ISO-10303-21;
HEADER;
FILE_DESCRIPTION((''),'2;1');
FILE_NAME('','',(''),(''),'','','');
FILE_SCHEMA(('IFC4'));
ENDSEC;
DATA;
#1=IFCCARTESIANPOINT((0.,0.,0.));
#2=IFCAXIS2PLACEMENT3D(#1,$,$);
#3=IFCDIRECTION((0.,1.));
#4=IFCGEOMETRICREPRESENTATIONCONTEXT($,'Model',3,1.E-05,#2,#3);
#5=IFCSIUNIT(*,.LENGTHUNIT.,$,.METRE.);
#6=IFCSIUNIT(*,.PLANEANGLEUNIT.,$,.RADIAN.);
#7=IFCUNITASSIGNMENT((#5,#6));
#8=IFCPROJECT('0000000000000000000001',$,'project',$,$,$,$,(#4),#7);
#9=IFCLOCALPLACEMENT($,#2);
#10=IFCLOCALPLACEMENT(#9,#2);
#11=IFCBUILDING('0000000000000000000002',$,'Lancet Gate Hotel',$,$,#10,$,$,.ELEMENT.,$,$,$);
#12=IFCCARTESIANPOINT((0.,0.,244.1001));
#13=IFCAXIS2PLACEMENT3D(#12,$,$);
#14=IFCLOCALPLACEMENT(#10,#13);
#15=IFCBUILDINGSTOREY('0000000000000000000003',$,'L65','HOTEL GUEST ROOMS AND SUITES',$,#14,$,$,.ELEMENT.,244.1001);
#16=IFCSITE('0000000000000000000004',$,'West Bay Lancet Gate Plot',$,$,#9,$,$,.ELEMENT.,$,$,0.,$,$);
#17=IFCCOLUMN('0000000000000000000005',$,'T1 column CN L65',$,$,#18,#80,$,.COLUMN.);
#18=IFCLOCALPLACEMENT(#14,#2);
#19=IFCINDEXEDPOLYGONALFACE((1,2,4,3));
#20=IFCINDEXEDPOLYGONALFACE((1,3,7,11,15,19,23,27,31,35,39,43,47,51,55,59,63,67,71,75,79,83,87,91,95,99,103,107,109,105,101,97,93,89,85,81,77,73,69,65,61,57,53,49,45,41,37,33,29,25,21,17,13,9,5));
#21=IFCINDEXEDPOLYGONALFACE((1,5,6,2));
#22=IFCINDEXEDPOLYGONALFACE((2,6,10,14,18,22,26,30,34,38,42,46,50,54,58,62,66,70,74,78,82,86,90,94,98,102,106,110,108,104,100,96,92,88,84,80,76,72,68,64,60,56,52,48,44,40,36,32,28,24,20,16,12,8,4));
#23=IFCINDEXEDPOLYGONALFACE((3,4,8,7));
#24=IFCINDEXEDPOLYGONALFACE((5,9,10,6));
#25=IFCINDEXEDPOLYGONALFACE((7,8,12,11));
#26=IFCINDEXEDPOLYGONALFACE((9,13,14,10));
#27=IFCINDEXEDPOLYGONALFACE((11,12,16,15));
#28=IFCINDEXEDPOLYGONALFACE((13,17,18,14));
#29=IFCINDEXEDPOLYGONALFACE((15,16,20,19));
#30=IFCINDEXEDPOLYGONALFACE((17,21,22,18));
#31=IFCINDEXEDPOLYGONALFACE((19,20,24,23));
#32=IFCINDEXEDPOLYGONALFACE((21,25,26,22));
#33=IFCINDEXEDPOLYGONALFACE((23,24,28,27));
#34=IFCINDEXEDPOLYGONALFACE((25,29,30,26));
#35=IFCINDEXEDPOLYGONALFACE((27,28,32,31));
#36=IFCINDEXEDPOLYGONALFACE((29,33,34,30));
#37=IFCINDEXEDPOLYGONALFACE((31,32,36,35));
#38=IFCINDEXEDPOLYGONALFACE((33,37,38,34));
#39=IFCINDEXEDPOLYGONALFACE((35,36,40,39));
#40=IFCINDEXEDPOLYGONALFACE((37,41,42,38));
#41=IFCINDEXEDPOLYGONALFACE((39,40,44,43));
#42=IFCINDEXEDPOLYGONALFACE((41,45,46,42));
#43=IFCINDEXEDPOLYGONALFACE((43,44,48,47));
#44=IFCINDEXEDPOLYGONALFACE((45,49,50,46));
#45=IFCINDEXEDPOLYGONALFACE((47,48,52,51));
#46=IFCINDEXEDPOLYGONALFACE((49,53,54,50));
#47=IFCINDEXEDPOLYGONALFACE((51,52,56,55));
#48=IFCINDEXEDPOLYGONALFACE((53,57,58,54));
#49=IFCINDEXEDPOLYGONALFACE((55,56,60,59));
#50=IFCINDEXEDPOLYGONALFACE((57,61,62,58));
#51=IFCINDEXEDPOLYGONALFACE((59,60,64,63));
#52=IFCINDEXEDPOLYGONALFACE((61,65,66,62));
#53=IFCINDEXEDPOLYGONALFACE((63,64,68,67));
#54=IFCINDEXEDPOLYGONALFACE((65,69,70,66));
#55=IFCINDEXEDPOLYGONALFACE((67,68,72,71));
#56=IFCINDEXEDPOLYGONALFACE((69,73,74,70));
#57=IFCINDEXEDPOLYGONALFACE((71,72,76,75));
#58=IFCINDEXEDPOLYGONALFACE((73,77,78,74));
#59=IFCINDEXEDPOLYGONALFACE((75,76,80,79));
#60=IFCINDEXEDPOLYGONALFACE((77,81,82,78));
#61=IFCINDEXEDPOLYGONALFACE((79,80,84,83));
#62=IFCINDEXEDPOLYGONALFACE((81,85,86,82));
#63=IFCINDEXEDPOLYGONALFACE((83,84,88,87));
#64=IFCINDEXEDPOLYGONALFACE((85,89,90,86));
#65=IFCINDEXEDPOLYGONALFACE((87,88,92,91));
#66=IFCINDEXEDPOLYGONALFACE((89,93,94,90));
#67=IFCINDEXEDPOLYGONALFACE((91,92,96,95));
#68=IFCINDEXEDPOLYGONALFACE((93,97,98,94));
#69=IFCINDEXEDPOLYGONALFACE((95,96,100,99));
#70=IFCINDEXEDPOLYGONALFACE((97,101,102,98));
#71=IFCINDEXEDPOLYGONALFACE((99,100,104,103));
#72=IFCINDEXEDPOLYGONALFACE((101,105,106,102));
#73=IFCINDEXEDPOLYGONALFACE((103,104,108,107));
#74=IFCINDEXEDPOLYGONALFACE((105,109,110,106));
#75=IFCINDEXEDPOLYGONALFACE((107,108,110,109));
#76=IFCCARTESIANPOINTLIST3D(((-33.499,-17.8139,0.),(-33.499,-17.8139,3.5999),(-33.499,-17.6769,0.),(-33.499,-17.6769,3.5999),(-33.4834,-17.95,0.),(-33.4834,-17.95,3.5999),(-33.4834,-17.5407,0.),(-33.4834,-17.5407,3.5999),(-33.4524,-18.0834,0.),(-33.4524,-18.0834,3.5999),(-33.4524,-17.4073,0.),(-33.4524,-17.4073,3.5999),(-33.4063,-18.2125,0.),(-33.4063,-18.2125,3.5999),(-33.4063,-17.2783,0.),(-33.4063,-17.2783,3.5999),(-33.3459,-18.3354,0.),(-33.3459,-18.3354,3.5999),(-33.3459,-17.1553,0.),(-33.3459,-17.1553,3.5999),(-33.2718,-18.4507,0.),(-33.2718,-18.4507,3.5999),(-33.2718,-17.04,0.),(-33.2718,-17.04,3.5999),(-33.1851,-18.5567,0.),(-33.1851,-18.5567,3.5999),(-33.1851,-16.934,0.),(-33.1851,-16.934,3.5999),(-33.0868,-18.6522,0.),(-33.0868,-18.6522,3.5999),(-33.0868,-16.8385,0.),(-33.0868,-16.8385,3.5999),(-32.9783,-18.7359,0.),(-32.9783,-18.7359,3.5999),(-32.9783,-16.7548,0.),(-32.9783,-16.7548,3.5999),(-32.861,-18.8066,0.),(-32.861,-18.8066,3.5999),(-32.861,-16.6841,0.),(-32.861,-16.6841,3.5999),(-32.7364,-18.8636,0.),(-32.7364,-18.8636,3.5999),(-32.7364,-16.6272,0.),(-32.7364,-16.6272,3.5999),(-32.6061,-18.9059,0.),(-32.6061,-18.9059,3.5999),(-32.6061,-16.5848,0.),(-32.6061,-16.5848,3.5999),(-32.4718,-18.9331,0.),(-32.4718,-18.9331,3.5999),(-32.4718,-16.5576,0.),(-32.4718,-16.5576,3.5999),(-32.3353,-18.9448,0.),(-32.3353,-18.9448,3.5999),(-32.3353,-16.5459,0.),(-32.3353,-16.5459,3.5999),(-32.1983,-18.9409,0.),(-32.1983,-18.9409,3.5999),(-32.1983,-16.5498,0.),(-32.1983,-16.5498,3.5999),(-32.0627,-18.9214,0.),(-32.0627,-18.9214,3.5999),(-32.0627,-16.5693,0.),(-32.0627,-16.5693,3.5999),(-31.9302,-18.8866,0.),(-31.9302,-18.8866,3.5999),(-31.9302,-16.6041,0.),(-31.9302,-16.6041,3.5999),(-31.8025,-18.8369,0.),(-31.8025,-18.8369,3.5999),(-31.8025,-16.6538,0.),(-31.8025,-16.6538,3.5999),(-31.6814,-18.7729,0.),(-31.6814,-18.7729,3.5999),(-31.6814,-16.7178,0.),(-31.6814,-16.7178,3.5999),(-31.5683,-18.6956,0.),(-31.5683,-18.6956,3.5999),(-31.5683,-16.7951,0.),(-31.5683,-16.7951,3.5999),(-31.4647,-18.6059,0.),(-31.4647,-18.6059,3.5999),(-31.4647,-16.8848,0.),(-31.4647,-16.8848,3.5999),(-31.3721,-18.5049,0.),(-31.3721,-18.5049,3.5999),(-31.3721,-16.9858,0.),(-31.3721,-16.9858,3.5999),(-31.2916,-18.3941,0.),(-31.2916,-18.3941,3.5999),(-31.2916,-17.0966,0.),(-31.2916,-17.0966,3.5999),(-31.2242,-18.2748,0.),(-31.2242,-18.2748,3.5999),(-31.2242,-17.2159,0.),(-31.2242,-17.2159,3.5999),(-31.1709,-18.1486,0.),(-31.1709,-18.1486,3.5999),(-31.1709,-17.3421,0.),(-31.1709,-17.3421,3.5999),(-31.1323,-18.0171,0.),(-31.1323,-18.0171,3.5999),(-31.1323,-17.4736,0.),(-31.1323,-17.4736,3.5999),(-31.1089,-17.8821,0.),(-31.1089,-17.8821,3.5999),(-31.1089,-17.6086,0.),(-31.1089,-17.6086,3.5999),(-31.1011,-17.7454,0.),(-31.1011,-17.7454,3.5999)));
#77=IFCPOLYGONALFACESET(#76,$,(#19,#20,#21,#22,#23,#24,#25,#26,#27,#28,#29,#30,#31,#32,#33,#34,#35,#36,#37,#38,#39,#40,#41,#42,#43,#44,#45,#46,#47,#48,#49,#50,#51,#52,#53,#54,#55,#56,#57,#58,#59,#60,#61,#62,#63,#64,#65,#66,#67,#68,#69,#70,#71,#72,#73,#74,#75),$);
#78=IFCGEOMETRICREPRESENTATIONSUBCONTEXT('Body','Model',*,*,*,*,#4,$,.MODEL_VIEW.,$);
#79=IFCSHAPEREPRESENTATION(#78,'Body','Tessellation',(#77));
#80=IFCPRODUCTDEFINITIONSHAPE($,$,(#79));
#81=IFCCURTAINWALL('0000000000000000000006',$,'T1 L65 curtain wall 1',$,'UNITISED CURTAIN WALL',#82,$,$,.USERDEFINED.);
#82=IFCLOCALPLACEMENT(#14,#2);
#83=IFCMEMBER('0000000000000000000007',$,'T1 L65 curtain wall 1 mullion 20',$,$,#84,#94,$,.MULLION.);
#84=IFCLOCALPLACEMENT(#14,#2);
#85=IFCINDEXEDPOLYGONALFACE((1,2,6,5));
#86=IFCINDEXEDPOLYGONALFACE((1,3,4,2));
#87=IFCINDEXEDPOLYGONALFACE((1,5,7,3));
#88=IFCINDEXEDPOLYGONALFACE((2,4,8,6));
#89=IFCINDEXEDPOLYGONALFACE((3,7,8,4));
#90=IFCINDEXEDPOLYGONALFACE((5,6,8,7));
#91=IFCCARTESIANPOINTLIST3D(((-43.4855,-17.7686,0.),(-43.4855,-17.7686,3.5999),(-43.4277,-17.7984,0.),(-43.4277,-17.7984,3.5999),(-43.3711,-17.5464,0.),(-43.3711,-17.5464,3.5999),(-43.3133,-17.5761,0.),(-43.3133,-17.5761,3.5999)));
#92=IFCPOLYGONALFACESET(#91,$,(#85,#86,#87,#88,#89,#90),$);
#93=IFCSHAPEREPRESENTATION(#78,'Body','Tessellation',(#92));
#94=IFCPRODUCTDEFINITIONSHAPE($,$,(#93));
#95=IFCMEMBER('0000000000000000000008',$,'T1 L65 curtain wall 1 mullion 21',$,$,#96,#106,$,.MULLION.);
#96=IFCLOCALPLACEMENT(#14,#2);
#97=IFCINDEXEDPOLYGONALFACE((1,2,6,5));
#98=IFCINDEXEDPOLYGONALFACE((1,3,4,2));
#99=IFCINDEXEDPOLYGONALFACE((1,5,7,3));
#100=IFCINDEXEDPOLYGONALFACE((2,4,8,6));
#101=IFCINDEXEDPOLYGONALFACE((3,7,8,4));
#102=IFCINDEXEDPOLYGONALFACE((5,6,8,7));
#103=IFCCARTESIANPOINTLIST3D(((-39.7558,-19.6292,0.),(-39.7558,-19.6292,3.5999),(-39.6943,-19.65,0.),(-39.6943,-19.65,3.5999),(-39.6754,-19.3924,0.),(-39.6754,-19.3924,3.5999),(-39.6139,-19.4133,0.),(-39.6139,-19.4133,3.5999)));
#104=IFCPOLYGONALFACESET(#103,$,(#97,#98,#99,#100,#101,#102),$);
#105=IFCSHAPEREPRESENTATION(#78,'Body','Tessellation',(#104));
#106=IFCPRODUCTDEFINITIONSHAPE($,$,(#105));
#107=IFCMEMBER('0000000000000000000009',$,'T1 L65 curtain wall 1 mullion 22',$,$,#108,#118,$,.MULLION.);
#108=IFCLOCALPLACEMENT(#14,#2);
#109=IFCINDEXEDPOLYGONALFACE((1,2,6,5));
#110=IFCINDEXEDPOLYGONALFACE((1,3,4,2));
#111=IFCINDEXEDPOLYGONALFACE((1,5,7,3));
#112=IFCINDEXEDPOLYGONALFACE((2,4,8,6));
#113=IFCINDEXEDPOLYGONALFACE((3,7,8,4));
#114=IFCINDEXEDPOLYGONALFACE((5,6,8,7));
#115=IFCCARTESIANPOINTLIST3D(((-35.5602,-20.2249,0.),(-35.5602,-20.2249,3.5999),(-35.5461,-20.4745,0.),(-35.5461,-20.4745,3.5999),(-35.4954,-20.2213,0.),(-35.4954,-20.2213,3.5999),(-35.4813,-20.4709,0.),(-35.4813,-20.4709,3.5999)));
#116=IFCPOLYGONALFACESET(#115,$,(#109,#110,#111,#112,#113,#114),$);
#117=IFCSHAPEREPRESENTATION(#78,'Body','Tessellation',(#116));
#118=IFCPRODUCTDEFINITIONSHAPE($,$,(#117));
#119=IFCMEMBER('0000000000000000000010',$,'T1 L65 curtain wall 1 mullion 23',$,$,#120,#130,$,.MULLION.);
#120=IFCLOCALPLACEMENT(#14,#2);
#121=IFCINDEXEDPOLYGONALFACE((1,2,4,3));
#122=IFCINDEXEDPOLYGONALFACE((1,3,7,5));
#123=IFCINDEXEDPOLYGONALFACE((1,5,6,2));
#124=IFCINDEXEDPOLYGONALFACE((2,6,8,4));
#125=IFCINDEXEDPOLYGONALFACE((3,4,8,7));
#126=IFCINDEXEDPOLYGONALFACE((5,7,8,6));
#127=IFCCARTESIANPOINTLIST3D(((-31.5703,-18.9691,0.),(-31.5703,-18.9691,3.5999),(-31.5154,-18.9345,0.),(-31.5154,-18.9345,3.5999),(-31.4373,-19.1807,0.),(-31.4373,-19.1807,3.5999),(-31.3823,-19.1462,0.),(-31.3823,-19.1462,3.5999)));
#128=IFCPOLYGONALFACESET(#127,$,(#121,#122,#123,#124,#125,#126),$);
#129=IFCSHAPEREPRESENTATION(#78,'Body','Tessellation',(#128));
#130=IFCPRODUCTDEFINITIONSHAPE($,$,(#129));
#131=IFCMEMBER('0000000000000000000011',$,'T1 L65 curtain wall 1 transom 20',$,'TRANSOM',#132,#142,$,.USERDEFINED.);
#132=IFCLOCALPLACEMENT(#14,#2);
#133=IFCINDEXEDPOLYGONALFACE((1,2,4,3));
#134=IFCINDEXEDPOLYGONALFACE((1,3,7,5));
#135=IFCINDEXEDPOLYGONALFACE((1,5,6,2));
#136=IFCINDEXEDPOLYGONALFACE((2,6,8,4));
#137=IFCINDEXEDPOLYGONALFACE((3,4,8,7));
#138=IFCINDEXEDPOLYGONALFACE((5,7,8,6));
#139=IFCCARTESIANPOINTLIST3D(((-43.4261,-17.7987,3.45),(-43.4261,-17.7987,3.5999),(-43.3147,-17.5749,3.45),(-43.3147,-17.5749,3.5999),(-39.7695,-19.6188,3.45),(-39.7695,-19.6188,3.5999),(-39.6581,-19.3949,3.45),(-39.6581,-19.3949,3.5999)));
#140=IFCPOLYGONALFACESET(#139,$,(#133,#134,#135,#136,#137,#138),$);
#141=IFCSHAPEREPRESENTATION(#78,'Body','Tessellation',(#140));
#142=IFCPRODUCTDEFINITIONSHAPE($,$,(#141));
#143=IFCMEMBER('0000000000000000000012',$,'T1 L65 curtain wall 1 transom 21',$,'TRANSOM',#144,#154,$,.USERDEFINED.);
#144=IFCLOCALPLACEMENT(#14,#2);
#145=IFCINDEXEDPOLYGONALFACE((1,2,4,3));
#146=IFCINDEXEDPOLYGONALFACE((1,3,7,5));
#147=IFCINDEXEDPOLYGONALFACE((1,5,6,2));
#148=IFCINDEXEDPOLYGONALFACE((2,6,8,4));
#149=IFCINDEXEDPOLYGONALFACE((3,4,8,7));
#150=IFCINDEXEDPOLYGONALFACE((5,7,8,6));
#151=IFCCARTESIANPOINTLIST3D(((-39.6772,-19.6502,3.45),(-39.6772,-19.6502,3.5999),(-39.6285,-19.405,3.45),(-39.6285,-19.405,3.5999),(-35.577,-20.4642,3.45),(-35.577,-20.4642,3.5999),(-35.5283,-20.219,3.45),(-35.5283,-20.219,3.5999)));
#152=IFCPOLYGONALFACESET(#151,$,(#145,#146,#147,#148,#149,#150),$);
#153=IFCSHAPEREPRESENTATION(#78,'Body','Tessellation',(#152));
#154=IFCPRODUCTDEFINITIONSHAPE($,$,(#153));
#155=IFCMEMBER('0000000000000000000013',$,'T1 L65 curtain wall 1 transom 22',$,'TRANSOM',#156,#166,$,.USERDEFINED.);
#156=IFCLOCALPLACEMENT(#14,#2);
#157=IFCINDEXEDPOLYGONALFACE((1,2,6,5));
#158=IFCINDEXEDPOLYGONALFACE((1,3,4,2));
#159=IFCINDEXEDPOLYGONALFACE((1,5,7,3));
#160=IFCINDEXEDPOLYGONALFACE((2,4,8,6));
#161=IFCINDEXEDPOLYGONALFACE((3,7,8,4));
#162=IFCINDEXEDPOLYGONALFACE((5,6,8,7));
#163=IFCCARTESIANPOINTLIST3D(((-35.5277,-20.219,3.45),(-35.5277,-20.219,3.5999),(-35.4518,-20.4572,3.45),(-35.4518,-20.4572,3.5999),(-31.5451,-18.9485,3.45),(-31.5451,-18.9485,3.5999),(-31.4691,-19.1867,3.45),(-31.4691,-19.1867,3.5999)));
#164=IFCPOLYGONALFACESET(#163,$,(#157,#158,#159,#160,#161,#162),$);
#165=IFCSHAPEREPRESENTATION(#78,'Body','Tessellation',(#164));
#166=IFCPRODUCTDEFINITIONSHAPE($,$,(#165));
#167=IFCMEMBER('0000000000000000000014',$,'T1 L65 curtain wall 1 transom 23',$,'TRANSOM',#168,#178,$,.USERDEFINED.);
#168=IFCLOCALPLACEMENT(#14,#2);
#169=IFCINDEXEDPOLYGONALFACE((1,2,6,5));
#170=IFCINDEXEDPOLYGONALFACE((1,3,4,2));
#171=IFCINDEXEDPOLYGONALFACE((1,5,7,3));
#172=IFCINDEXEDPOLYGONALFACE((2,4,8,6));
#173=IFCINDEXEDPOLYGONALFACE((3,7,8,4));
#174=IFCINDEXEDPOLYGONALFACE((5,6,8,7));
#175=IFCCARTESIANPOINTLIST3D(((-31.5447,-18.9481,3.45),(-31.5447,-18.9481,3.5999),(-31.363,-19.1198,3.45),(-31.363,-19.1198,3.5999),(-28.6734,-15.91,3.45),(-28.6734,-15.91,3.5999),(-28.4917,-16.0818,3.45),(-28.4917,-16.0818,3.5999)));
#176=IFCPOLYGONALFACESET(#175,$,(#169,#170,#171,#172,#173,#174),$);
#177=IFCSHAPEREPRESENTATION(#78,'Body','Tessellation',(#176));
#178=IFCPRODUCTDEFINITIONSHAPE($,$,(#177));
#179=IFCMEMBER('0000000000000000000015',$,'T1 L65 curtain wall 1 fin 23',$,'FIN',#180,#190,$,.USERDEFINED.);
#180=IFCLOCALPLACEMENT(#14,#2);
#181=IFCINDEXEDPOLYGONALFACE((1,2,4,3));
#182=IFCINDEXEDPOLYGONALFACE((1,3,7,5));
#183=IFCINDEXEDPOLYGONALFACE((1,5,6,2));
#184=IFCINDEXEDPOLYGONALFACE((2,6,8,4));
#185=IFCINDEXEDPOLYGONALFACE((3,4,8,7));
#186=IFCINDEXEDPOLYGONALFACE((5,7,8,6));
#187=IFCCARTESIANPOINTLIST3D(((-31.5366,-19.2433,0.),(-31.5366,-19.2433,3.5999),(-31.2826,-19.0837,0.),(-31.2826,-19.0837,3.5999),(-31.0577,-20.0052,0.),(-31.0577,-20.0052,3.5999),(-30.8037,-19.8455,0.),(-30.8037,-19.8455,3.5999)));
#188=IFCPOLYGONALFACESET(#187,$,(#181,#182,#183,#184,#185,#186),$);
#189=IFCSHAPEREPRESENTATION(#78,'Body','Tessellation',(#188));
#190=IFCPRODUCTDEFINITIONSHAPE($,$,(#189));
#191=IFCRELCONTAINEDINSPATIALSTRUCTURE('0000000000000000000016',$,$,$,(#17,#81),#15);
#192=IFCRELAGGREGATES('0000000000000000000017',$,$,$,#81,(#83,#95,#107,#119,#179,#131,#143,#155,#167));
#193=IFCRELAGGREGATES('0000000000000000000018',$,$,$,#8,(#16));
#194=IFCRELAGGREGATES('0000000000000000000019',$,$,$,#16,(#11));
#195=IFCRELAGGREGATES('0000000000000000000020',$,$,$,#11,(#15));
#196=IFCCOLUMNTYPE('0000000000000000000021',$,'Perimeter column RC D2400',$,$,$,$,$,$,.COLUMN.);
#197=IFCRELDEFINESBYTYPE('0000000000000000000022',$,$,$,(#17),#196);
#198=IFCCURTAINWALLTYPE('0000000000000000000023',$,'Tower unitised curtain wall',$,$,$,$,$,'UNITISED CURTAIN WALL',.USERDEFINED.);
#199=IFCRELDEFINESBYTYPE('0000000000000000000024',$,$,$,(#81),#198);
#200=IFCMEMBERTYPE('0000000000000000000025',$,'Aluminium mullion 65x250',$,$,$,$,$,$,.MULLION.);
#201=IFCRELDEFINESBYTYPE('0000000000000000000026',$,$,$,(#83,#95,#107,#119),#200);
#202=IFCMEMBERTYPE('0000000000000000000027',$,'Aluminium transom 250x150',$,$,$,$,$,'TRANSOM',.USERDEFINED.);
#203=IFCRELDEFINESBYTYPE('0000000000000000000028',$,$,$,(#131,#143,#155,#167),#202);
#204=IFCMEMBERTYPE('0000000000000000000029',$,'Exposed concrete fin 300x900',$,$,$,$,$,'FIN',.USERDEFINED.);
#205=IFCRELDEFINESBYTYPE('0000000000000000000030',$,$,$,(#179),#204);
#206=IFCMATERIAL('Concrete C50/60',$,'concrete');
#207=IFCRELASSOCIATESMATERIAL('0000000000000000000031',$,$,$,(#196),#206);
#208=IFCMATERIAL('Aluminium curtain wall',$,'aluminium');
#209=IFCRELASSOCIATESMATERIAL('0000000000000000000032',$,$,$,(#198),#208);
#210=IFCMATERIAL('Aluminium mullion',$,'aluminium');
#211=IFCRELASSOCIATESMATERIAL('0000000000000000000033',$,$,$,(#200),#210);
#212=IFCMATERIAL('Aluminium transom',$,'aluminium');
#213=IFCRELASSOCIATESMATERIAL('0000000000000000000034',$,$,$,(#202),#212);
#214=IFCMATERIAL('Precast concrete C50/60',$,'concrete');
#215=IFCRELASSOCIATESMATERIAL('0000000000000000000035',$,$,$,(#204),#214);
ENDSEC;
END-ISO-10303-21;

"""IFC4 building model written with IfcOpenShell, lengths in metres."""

from ifc_helpers import new_model, si_unit, direction, frame, origin, origin_2d, place, context, subcontext, project, spatial, rectangle, circle, extrude, material, material_profile, profile_set, type_object, element, aggregate, save


model = new_model("IFC4")

# Units and contexts
model_context = context("Model", 3, precision=1e-05, world=origin(), true_north=direction((0.0, 1.0)))
body_context = subcontext(model_context, "Body", "Model", "MODEL_VIEW")
ifc_project = project(units=[si_unit("LENGTHUNIT", "METRE"), si_unit("PLANEANGLEUNIT", "RADIAN")], contexts=[model_context])

# Site, building, storey
site_placement = place(None, origin())
site = spatial("IfcSite", under=ifc_project, at=site_placement, Name="West Bay Lancet Gate Plot", CompositionType="ELEMENT", RefElevation=0.0)
building_placement = place(site_placement, origin())
building = spatial("IfcBuilding", under=site, at=building_placement, Name="Lancet Gate Hotel", CompositionType="ELEMENT")
storey_placement = place(building_placement, frame((0.0, 0.0, 244.1001)))
storey = spatial("IfcBuildingStorey", under=building, at=storey_placement, Name="L65", Description="HOTEL GUEST ROOMS AND SUITES", CompositionType="ELEMENT", Elevation=244.1001)

# Column
ifc_material_1 = material(Name="Concrete C50/60", Category="concrete")
ifc_material_profile_1 = material_profile(ifc_material_1, circle(Radius=1.2, at=origin_2d()), Name="RC D2400")
ifc_profile_set_1 = profile_set([ifc_material_profile_1], Name="Concrete C50/60")
column_type = type_object("IfcColumnType", Name="Perimeter column RC D2400", PredefinedType="COLUMN", material=ifc_profile_set_1)
column_placement = place(storey_placement, frame((-32.301, -17.7454, 0.0), z_axis=(0.0, 0.0, 1.0), x_axis=(1.0, 0.0, 0.0)))
element("IfcColumn", 1, at=column_placement, inside=storey, type_object=column_type, Name="T1 column CN L65", PredefinedType="COLUMN", context=body_context, shape_type="SweptSolid", body=[
    extrude(circle(Radius=1.2, at=origin_2d()), origin(), (0.0, 0.0, 1.0), 3.5999),
])

# Curtain wall, members
ifc_material_2 = material(Name="Aluminium curtain wall", Category="aluminium")
curtain_wall_type = type_object("IfcCurtainWallType", Name="Tower unitised curtain wall", ElementType="UNITISED CURTAIN WALL", PredefinedType="USERDEFINED", material=ifc_material_2)
curtain_wall_placement = place(storey_placement, origin())
curtain_wall = element("IfcCurtainWall", 2, at=curtain_wall_placement, inside=storey, type_object=curtain_wall_type, Name="T1 L65 curtain wall 1", ObjectType="UNITISED CURTAIN WALL", PredefinedType="USERDEFINED")
ifc_material_3 = material(Name="Aluminium mullion", Category="aluminium")
ifc_material_profile_2 = material_profile(ifc_material_3, rectangle(XDim=0.0649, YDim=0.25, at=origin_2d()), Name="MULLION 65x250")
ifc_profile_set_2 = profile_set([ifc_material_profile_2], Name="Aluminium mullion")
member_type_1 = type_object("IfcMemberType", Name="Aluminium mullion 65x250", PredefinedType="MULLION", material=ifc_profile_set_2)
member_1_placement = place(storey_placement, frame((-43.3994, -17.6724, 0.0), z_axis=(0.0, 0.0, 1.0), x_axis=(0.889156, -0.457605, 0.0)))
member_1 = element("IfcMember", 3, at=member_1_placement, type_object=member_type_1, Name="T1 L65 curtain wall 1 mullion 20", PredefinedType="MULLION", context=body_context, shape_type="SweptSolid", body=[
    extrude(rectangle(XDim=0.0649, YDim=0.25, at=origin_2d()), origin(), (0.0, 0.0, 1.0), 3.5999),
])
member_2_placement = place(storey_placement, frame((-39.6848, -19.5212, 0.0), z_axis=(0.0, 0.0, 1.0), x_axis=(0.946888, -0.321564, 0.0)))
member_2 = element("IfcMember", 4, at=member_2_placement, type_object=member_type_1, Name="T1 L65 curtain wall 1 mullion 21", PredefinedType="MULLION", context=body_context, shape_type="SweptSolid", body=[
    extrude(rectangle(XDim=0.0649, YDim=0.25, at=origin_2d()), origin(), (0.0, 0.0, 1.0), 3.5999),
])
member_3_placement = place(storey_placement, frame((-35.5208, -20.3479, 0.0), z_axis=(0.0, 0.0, 1.0), x_axis=(0.998409, 0.056384, 0.0)))
member_3 = element("IfcMember", 5, at=member_3_placement, type_object=member_type_1, Name="T1 L65 curtain wall 1 mullion 22", PredefinedType="MULLION", context=body_context, shape_type="SweptSolid", body=[
    extrude(rectangle(XDim=0.0649, YDim=0.25, at=origin_2d()), origin(), (0.0, 0.0, 1.0), 3.5999),
])
member_4_placement = place(storey_placement, frame((-31.4763, -19.0576, 0.0), z_axis=(0.0, 0.0, 1.0), x_axis=(0.846613, 0.532209, 0.0)))
member_4 = element("IfcMember", 6, at=member_4_placement, type_object=member_type_1, Name="T1 L65 curtain wall 1 mullion 23", PredefinedType="MULLION", context=body_context, shape_type="SweptSolid", body=[
    extrude(rectangle(XDim=0.0649, YDim=0.25, at=origin_2d()), origin(), (0.0, 0.0, 1.0), 3.5999),
])
ifc_material_4 = material(Name="Aluminium transom", Category="aluminium")
ifc_material_profile_3 = material_profile(ifc_material_4, rectangle(XDim=0.25, YDim=0.1499, at=origin_2d()), Name="TRANSOM 250x150")
ifc_profile_set_3 = profile_set([ifc_material_profile_3], Name="Aluminium transom")
member_type_2 = type_object("IfcMemberType", Name="Aluminium transom 250x150", ElementType="TRANSOM", PredefinedType="USERDEFINED", material=ifc_profile_set_3)
member_5_placement = place(storey_placement, frame((-43.3704, -17.6868, 3.5249), z_axis=(0.895227, -0.445611, 0.0), x_axis=(0.445611, 0.895227, 0.0)))
member_5 = element("IfcMember", 7, at=member_5_placement, type_object=member_type_2, Name="T1 L65 curtain wall 1 transom 20", ObjectType="TRANSOM", PredefinedType="USERDEFINED", context=body_context, shape_type="SweptSolid", body=[
    extrude(rectangle(XDim=0.25, YDim=0.1499, at=origin_2d()), origin(), (0.0, 0.0, 1.0), 4.0845),
])
member_6_placement = place(storey_placement, frame((-39.6528, -19.5276, 3.5249), z_axis=(0.980858, -0.194723, 0.0), x_axis=(0.194723, 0.980858, 0.0)))
member_6 = element("IfcMember", 8, at=member_6_placement, type_object=member_type_2, Name="T1 L65 curtain wall 1 transom 21", ObjectType="TRANSOM", PredefinedType="USERDEFINED", context=body_context, shape_type="SweptSolid", body=[
    extrude(rectangle(XDim=0.25, YDim=0.1499, at=origin_2d()), origin(), (0.0, 0.0, 1.0), 4.1802),
])
member_7_placement = place(storey_placement, frame((-35.4897, -20.3381, 3.5249), z_axis=(0.952698, 0.30392, 0.0), x_axis=(-0.30392, 0.952698, 0.0)))
member_7 = element("IfcMember", 9, at=member_7_placement, type_object=member_type_2, Name="T1 L65 curtain wall 1 transom 22", ObjectType="TRANSOM", PredefinedType="USERDEFINED", context=body_context, shape_type="SweptSolid", body=[
    extrude(rectangle(XDim=0.25, YDim=0.1499, at=origin_2d()), origin(), (0.0, 0.0, 1.0), 4.1804),
])
member_8_placement = place(storey_placement, frame((-31.4539, -19.0339, 3.5249), z_axis=(0.686881, 0.72677, 0.0), x_axis=(-0.72677, 0.686881, 0.0)))
member_8 = element("IfcMember", 10, at=member_8_placement, type_object=member_type_2, Name="T1 L65 curtain wall 1 transom 23", ObjectType="TRANSOM", PredefinedType="USERDEFINED", context=body_context, shape_type="SweptSolid", body=[
    extrude(rectangle(XDim=0.25, YDim=0.1499, at=origin_2d()), origin(), (0.0, 0.0, 1.0), 4.1802),
])
ifc_material_5 = material(Name="Precast concrete C50/60", Category="concrete")
ifc_material_profile_4 = material_profile(ifc_material_5, rectangle(XDim=0.3, YDim=0.8999, at=origin_2d()), Name="FIN 300x900")
ifc_profile_set_4 = profile_set([ifc_material_profile_4], Name="Precast concrete C50/60")
member_type_3 = type_object("IfcMemberType", Name="Exposed concrete fin 300x900", ElementType="FIN", PredefinedType="USERDEFINED", material=ifc_profile_set_4)
member_9_placement = place(storey_placement, frame((-31.1702, -19.5444, 0.0), z_axis=(0.0, 0.0, 1.0), x_axis=(0.846613, 0.532209, 0.0)))
member_9 = element("IfcMember", 11, at=member_9_placement, type_object=member_type_3, Name="T1 L65 curtain wall 1 fin 23", ObjectType="FIN", PredefinedType="USERDEFINED", context=body_context, shape_type="SweptSolid", body=[
    extrude(rectangle(XDim=0.3, YDim=0.8999, at=origin_2d()), origin(), (0.0, 0.0, 1.0), 3.5999),
])

aggregate(curtain_wall, [member_1, member_2, member_3, member_4, member_9, member_5, member_6, member_7, member_8])

save(model, "model.ifc")
